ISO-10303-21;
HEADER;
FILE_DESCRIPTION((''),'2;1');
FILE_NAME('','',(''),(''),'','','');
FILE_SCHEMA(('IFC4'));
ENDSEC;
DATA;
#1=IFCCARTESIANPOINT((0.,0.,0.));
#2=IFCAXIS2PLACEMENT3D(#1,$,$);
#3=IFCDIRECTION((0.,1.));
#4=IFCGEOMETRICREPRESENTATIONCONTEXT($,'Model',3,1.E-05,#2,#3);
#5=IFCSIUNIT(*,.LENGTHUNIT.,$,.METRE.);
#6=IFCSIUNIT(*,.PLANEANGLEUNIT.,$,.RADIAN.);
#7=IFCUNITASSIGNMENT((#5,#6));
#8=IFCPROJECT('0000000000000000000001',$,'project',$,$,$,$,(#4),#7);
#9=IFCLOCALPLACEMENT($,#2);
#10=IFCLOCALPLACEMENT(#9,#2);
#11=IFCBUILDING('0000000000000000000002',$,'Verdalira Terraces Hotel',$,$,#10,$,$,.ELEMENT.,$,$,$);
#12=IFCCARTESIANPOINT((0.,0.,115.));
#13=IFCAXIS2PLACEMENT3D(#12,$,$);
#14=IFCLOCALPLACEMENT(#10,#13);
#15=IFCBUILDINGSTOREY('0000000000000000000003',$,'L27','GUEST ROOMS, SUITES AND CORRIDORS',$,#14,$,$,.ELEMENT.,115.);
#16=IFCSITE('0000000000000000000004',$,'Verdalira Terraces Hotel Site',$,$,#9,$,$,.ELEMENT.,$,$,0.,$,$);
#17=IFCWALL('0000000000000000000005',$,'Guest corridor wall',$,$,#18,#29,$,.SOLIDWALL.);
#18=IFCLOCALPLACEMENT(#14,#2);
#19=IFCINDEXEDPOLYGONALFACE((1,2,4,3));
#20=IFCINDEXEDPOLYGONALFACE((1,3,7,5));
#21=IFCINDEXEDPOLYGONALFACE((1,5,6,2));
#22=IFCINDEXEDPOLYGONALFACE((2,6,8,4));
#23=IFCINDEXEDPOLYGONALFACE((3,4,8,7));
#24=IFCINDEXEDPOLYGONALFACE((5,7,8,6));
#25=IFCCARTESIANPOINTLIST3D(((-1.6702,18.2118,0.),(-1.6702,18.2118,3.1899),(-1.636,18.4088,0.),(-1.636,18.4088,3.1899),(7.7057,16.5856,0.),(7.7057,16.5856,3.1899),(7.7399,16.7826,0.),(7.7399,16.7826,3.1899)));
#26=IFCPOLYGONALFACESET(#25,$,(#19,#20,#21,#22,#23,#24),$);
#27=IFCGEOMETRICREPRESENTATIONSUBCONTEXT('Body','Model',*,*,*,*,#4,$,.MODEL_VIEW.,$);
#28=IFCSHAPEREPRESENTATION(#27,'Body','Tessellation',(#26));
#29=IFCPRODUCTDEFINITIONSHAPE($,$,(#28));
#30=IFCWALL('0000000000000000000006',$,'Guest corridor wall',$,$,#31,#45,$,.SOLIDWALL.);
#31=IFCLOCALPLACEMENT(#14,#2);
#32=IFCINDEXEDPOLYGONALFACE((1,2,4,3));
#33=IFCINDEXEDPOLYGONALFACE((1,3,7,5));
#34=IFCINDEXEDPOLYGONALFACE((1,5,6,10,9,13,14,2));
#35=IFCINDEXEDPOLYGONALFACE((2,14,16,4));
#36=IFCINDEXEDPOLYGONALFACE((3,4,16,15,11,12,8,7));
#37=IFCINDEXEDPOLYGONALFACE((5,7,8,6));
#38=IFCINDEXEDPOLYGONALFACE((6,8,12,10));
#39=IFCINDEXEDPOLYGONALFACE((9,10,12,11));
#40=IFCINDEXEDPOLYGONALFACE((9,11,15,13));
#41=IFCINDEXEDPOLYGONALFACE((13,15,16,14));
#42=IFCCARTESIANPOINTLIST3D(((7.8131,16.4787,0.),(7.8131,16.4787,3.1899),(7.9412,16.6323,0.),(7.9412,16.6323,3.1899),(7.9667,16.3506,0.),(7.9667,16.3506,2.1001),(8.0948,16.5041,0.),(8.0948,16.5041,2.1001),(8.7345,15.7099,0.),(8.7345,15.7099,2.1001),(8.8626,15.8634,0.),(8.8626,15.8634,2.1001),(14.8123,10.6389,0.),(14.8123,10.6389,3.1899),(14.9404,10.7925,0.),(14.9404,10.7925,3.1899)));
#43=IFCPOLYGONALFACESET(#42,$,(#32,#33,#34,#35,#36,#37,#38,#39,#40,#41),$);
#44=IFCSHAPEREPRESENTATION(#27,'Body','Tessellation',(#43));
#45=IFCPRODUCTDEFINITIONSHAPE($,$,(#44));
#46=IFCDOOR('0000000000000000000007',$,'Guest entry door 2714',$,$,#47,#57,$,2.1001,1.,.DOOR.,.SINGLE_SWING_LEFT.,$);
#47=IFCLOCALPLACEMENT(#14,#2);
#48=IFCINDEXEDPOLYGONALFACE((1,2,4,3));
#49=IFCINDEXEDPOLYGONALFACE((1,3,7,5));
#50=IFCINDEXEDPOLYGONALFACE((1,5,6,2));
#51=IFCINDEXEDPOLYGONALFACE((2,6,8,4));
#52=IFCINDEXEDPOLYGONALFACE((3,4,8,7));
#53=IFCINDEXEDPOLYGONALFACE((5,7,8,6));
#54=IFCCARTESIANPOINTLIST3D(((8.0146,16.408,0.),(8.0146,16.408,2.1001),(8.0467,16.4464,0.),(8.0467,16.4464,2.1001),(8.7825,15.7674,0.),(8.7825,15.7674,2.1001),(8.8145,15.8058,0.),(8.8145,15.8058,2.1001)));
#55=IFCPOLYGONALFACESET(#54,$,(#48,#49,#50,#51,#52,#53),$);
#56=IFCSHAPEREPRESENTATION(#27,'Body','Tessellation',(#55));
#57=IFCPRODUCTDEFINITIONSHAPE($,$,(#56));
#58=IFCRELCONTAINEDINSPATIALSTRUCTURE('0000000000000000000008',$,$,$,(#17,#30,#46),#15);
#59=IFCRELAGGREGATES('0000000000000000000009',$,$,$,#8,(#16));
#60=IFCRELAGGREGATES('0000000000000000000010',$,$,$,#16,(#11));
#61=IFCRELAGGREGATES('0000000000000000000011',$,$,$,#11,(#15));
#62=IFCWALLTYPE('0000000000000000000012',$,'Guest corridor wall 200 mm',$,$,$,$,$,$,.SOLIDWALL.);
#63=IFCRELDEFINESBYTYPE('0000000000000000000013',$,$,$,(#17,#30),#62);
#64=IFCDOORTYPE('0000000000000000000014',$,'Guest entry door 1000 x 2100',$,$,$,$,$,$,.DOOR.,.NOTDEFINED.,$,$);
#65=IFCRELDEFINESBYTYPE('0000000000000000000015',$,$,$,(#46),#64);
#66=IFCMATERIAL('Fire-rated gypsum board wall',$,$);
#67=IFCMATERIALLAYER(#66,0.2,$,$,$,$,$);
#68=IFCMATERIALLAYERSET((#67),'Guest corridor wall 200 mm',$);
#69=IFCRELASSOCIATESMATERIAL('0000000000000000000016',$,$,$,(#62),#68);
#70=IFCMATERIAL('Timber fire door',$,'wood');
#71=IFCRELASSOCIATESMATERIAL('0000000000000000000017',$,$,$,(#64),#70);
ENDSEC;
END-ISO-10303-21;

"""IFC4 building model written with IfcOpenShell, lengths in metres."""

from ifc_helpers import new_model, si_unit, direction, frame, frame_2d, origin, place, context, subcontext, project, spatial, rectangle, extrude, material, layer, layer_set, type_object, element, fill, save


model = new_model("IFC4")

# Units and contexts
model_context = context("Model", 3, precision=1e-05, world=origin(), true_north=direction((0.0, 1.0)))
body_context = subcontext(model_context, "Body", "Model", "MODEL_VIEW")
ifc_project = project(units=[si_unit("LENGTHUNIT", "METRE"), si_unit("PLANEANGLEUNIT", "RADIAN")], contexts=[model_context])

# Site, building, storey
site_placement = place(None, origin())
site = spatial("IfcSite", under=ifc_project, at=site_placement, Name="Verdalira Terraces Hotel Site", CompositionType="ELEMENT", RefElevation=0.0)
building_placement = place(site_placement, origin())
building = spatial("IfcBuilding", under=site, at=building_placement, Name="Verdalira Terraces Hotel", CompositionType="ELEMENT")
storey_placement = place(building_placement, frame((0.0, 0.0, 115.0)))
storey = spatial("IfcBuildingStorey", under=building, at=storey_placement, Name="L27", Description="GUEST ROOMS, SUITES AND CORRIDORS", CompositionType="ELEMENT", Elevation=115.0)

# Wall
ifc_material_1 = material(Name="Fire-rated gypsum board wall")
ifc_layer_1 = layer(ifc_material_1, 0.2)
ifc_layer_set_1 = layer_set([ifc_layer_1], Name="Guest corridor wall 200 mm")
wall_type_1 = type_object("IfcWallType", Name="Guest corridor wall 200 mm", PredefinedType="SOLIDWALL", material=ifc_layer_set_1)
wall_1_placement = place(storey_placement, frame((7.7227, 16.6841, 0.0), z_axis=(0.0, 0.0, 1.0), x_axis=(-0.985289, 0.170894, 0.0)))
element("IfcWall", 1, at=wall_1_placement, inside=storey, type_object=wall_type_1, Name="Guest corridor wall", PredefinedType="SOLIDWALL", context=body_context, shape_type="SweptSolid", body=[
    extrude(rectangle(XDim=9.5159, YDim=0.2, at=frame_2d((4.7578, 0.0))), origin(), (0.0, 0.0, 1.0), 3.1899),
])

# Wall, opening, door
wall_2_placement = place(storey_placement, frame((7.8772, 16.5554, 0.0), z_axis=(0.0, 0.0, 1.0), x_axis=(0.767837, -0.640645, 0.0)))
wall_2 = element("IfcWall", 2, at=wall_2_placement, inside=storey, type_object=wall_type_1, Name="Guest corridor wall", PredefinedType="SOLIDWALL", context=body_context, shape_type="SweptSolid", body=[
    extrude(rectangle(XDim=9.1155, YDim=0.2, at=frame_2d((4.5576, 0.0))), origin(), (0.0, 0.0, 1.0), 3.1899),
])
opening_1_placement = place(wall_2_placement, frame((0.2, 0.0, 0.0)))
opening_1 = element("IfcOpeningElement", 3, at=opening_1_placement, cuts=wall_2, PredefinedType="OPENING", context=body_context, shape_type="SweptSolid", body=[
    extrude(rectangle(XDim=1.0, YDim=2.1001, at=frame_2d((0.5, 1.05))), frame((0.0, 0.1099, 0.0), z_axis=(0.0, -1.0, 0.0), x_axis=(1.0, 0.0, 0.0)), (0.0, 0.0, 1.0), 0.22),
])
ifc_material_2 = material(Name="Timber fire door", Category="wood")
door_type_1 = type_object("IfcDoorType", Name="Guest entry door 1000 x 2100", OperationType="NOTDEFINED", PredefinedType="DOOR", material=ifc_material_2)
door_1_placement = place(opening_1_placement, origin())
door_1 = element("IfcDoor", 4, at=door_1_placement, inside=storey, type_object=door_type_1, Name="Guest entry door 2714", OperationType="SINGLE_SWING_LEFT", OverallHeight=2.1001, OverallWidth=1.0, PredefinedType="DOOR", context=body_context, shape_type="SweptSolid", body=[
    extrude(rectangle(XDim=1.0, YDim=2.1001, at=frame_2d((0.5, 1.05))), frame((0.0, 0.0249, 0.0), z_axis=(0.0, -1.0, 0.0), x_axis=(1.0, 0.0, 0.0)), (0.0, 0.0, 1.0), 0.05),
])
fill(opening_1, door_1)

save(model, "model.ifc")
